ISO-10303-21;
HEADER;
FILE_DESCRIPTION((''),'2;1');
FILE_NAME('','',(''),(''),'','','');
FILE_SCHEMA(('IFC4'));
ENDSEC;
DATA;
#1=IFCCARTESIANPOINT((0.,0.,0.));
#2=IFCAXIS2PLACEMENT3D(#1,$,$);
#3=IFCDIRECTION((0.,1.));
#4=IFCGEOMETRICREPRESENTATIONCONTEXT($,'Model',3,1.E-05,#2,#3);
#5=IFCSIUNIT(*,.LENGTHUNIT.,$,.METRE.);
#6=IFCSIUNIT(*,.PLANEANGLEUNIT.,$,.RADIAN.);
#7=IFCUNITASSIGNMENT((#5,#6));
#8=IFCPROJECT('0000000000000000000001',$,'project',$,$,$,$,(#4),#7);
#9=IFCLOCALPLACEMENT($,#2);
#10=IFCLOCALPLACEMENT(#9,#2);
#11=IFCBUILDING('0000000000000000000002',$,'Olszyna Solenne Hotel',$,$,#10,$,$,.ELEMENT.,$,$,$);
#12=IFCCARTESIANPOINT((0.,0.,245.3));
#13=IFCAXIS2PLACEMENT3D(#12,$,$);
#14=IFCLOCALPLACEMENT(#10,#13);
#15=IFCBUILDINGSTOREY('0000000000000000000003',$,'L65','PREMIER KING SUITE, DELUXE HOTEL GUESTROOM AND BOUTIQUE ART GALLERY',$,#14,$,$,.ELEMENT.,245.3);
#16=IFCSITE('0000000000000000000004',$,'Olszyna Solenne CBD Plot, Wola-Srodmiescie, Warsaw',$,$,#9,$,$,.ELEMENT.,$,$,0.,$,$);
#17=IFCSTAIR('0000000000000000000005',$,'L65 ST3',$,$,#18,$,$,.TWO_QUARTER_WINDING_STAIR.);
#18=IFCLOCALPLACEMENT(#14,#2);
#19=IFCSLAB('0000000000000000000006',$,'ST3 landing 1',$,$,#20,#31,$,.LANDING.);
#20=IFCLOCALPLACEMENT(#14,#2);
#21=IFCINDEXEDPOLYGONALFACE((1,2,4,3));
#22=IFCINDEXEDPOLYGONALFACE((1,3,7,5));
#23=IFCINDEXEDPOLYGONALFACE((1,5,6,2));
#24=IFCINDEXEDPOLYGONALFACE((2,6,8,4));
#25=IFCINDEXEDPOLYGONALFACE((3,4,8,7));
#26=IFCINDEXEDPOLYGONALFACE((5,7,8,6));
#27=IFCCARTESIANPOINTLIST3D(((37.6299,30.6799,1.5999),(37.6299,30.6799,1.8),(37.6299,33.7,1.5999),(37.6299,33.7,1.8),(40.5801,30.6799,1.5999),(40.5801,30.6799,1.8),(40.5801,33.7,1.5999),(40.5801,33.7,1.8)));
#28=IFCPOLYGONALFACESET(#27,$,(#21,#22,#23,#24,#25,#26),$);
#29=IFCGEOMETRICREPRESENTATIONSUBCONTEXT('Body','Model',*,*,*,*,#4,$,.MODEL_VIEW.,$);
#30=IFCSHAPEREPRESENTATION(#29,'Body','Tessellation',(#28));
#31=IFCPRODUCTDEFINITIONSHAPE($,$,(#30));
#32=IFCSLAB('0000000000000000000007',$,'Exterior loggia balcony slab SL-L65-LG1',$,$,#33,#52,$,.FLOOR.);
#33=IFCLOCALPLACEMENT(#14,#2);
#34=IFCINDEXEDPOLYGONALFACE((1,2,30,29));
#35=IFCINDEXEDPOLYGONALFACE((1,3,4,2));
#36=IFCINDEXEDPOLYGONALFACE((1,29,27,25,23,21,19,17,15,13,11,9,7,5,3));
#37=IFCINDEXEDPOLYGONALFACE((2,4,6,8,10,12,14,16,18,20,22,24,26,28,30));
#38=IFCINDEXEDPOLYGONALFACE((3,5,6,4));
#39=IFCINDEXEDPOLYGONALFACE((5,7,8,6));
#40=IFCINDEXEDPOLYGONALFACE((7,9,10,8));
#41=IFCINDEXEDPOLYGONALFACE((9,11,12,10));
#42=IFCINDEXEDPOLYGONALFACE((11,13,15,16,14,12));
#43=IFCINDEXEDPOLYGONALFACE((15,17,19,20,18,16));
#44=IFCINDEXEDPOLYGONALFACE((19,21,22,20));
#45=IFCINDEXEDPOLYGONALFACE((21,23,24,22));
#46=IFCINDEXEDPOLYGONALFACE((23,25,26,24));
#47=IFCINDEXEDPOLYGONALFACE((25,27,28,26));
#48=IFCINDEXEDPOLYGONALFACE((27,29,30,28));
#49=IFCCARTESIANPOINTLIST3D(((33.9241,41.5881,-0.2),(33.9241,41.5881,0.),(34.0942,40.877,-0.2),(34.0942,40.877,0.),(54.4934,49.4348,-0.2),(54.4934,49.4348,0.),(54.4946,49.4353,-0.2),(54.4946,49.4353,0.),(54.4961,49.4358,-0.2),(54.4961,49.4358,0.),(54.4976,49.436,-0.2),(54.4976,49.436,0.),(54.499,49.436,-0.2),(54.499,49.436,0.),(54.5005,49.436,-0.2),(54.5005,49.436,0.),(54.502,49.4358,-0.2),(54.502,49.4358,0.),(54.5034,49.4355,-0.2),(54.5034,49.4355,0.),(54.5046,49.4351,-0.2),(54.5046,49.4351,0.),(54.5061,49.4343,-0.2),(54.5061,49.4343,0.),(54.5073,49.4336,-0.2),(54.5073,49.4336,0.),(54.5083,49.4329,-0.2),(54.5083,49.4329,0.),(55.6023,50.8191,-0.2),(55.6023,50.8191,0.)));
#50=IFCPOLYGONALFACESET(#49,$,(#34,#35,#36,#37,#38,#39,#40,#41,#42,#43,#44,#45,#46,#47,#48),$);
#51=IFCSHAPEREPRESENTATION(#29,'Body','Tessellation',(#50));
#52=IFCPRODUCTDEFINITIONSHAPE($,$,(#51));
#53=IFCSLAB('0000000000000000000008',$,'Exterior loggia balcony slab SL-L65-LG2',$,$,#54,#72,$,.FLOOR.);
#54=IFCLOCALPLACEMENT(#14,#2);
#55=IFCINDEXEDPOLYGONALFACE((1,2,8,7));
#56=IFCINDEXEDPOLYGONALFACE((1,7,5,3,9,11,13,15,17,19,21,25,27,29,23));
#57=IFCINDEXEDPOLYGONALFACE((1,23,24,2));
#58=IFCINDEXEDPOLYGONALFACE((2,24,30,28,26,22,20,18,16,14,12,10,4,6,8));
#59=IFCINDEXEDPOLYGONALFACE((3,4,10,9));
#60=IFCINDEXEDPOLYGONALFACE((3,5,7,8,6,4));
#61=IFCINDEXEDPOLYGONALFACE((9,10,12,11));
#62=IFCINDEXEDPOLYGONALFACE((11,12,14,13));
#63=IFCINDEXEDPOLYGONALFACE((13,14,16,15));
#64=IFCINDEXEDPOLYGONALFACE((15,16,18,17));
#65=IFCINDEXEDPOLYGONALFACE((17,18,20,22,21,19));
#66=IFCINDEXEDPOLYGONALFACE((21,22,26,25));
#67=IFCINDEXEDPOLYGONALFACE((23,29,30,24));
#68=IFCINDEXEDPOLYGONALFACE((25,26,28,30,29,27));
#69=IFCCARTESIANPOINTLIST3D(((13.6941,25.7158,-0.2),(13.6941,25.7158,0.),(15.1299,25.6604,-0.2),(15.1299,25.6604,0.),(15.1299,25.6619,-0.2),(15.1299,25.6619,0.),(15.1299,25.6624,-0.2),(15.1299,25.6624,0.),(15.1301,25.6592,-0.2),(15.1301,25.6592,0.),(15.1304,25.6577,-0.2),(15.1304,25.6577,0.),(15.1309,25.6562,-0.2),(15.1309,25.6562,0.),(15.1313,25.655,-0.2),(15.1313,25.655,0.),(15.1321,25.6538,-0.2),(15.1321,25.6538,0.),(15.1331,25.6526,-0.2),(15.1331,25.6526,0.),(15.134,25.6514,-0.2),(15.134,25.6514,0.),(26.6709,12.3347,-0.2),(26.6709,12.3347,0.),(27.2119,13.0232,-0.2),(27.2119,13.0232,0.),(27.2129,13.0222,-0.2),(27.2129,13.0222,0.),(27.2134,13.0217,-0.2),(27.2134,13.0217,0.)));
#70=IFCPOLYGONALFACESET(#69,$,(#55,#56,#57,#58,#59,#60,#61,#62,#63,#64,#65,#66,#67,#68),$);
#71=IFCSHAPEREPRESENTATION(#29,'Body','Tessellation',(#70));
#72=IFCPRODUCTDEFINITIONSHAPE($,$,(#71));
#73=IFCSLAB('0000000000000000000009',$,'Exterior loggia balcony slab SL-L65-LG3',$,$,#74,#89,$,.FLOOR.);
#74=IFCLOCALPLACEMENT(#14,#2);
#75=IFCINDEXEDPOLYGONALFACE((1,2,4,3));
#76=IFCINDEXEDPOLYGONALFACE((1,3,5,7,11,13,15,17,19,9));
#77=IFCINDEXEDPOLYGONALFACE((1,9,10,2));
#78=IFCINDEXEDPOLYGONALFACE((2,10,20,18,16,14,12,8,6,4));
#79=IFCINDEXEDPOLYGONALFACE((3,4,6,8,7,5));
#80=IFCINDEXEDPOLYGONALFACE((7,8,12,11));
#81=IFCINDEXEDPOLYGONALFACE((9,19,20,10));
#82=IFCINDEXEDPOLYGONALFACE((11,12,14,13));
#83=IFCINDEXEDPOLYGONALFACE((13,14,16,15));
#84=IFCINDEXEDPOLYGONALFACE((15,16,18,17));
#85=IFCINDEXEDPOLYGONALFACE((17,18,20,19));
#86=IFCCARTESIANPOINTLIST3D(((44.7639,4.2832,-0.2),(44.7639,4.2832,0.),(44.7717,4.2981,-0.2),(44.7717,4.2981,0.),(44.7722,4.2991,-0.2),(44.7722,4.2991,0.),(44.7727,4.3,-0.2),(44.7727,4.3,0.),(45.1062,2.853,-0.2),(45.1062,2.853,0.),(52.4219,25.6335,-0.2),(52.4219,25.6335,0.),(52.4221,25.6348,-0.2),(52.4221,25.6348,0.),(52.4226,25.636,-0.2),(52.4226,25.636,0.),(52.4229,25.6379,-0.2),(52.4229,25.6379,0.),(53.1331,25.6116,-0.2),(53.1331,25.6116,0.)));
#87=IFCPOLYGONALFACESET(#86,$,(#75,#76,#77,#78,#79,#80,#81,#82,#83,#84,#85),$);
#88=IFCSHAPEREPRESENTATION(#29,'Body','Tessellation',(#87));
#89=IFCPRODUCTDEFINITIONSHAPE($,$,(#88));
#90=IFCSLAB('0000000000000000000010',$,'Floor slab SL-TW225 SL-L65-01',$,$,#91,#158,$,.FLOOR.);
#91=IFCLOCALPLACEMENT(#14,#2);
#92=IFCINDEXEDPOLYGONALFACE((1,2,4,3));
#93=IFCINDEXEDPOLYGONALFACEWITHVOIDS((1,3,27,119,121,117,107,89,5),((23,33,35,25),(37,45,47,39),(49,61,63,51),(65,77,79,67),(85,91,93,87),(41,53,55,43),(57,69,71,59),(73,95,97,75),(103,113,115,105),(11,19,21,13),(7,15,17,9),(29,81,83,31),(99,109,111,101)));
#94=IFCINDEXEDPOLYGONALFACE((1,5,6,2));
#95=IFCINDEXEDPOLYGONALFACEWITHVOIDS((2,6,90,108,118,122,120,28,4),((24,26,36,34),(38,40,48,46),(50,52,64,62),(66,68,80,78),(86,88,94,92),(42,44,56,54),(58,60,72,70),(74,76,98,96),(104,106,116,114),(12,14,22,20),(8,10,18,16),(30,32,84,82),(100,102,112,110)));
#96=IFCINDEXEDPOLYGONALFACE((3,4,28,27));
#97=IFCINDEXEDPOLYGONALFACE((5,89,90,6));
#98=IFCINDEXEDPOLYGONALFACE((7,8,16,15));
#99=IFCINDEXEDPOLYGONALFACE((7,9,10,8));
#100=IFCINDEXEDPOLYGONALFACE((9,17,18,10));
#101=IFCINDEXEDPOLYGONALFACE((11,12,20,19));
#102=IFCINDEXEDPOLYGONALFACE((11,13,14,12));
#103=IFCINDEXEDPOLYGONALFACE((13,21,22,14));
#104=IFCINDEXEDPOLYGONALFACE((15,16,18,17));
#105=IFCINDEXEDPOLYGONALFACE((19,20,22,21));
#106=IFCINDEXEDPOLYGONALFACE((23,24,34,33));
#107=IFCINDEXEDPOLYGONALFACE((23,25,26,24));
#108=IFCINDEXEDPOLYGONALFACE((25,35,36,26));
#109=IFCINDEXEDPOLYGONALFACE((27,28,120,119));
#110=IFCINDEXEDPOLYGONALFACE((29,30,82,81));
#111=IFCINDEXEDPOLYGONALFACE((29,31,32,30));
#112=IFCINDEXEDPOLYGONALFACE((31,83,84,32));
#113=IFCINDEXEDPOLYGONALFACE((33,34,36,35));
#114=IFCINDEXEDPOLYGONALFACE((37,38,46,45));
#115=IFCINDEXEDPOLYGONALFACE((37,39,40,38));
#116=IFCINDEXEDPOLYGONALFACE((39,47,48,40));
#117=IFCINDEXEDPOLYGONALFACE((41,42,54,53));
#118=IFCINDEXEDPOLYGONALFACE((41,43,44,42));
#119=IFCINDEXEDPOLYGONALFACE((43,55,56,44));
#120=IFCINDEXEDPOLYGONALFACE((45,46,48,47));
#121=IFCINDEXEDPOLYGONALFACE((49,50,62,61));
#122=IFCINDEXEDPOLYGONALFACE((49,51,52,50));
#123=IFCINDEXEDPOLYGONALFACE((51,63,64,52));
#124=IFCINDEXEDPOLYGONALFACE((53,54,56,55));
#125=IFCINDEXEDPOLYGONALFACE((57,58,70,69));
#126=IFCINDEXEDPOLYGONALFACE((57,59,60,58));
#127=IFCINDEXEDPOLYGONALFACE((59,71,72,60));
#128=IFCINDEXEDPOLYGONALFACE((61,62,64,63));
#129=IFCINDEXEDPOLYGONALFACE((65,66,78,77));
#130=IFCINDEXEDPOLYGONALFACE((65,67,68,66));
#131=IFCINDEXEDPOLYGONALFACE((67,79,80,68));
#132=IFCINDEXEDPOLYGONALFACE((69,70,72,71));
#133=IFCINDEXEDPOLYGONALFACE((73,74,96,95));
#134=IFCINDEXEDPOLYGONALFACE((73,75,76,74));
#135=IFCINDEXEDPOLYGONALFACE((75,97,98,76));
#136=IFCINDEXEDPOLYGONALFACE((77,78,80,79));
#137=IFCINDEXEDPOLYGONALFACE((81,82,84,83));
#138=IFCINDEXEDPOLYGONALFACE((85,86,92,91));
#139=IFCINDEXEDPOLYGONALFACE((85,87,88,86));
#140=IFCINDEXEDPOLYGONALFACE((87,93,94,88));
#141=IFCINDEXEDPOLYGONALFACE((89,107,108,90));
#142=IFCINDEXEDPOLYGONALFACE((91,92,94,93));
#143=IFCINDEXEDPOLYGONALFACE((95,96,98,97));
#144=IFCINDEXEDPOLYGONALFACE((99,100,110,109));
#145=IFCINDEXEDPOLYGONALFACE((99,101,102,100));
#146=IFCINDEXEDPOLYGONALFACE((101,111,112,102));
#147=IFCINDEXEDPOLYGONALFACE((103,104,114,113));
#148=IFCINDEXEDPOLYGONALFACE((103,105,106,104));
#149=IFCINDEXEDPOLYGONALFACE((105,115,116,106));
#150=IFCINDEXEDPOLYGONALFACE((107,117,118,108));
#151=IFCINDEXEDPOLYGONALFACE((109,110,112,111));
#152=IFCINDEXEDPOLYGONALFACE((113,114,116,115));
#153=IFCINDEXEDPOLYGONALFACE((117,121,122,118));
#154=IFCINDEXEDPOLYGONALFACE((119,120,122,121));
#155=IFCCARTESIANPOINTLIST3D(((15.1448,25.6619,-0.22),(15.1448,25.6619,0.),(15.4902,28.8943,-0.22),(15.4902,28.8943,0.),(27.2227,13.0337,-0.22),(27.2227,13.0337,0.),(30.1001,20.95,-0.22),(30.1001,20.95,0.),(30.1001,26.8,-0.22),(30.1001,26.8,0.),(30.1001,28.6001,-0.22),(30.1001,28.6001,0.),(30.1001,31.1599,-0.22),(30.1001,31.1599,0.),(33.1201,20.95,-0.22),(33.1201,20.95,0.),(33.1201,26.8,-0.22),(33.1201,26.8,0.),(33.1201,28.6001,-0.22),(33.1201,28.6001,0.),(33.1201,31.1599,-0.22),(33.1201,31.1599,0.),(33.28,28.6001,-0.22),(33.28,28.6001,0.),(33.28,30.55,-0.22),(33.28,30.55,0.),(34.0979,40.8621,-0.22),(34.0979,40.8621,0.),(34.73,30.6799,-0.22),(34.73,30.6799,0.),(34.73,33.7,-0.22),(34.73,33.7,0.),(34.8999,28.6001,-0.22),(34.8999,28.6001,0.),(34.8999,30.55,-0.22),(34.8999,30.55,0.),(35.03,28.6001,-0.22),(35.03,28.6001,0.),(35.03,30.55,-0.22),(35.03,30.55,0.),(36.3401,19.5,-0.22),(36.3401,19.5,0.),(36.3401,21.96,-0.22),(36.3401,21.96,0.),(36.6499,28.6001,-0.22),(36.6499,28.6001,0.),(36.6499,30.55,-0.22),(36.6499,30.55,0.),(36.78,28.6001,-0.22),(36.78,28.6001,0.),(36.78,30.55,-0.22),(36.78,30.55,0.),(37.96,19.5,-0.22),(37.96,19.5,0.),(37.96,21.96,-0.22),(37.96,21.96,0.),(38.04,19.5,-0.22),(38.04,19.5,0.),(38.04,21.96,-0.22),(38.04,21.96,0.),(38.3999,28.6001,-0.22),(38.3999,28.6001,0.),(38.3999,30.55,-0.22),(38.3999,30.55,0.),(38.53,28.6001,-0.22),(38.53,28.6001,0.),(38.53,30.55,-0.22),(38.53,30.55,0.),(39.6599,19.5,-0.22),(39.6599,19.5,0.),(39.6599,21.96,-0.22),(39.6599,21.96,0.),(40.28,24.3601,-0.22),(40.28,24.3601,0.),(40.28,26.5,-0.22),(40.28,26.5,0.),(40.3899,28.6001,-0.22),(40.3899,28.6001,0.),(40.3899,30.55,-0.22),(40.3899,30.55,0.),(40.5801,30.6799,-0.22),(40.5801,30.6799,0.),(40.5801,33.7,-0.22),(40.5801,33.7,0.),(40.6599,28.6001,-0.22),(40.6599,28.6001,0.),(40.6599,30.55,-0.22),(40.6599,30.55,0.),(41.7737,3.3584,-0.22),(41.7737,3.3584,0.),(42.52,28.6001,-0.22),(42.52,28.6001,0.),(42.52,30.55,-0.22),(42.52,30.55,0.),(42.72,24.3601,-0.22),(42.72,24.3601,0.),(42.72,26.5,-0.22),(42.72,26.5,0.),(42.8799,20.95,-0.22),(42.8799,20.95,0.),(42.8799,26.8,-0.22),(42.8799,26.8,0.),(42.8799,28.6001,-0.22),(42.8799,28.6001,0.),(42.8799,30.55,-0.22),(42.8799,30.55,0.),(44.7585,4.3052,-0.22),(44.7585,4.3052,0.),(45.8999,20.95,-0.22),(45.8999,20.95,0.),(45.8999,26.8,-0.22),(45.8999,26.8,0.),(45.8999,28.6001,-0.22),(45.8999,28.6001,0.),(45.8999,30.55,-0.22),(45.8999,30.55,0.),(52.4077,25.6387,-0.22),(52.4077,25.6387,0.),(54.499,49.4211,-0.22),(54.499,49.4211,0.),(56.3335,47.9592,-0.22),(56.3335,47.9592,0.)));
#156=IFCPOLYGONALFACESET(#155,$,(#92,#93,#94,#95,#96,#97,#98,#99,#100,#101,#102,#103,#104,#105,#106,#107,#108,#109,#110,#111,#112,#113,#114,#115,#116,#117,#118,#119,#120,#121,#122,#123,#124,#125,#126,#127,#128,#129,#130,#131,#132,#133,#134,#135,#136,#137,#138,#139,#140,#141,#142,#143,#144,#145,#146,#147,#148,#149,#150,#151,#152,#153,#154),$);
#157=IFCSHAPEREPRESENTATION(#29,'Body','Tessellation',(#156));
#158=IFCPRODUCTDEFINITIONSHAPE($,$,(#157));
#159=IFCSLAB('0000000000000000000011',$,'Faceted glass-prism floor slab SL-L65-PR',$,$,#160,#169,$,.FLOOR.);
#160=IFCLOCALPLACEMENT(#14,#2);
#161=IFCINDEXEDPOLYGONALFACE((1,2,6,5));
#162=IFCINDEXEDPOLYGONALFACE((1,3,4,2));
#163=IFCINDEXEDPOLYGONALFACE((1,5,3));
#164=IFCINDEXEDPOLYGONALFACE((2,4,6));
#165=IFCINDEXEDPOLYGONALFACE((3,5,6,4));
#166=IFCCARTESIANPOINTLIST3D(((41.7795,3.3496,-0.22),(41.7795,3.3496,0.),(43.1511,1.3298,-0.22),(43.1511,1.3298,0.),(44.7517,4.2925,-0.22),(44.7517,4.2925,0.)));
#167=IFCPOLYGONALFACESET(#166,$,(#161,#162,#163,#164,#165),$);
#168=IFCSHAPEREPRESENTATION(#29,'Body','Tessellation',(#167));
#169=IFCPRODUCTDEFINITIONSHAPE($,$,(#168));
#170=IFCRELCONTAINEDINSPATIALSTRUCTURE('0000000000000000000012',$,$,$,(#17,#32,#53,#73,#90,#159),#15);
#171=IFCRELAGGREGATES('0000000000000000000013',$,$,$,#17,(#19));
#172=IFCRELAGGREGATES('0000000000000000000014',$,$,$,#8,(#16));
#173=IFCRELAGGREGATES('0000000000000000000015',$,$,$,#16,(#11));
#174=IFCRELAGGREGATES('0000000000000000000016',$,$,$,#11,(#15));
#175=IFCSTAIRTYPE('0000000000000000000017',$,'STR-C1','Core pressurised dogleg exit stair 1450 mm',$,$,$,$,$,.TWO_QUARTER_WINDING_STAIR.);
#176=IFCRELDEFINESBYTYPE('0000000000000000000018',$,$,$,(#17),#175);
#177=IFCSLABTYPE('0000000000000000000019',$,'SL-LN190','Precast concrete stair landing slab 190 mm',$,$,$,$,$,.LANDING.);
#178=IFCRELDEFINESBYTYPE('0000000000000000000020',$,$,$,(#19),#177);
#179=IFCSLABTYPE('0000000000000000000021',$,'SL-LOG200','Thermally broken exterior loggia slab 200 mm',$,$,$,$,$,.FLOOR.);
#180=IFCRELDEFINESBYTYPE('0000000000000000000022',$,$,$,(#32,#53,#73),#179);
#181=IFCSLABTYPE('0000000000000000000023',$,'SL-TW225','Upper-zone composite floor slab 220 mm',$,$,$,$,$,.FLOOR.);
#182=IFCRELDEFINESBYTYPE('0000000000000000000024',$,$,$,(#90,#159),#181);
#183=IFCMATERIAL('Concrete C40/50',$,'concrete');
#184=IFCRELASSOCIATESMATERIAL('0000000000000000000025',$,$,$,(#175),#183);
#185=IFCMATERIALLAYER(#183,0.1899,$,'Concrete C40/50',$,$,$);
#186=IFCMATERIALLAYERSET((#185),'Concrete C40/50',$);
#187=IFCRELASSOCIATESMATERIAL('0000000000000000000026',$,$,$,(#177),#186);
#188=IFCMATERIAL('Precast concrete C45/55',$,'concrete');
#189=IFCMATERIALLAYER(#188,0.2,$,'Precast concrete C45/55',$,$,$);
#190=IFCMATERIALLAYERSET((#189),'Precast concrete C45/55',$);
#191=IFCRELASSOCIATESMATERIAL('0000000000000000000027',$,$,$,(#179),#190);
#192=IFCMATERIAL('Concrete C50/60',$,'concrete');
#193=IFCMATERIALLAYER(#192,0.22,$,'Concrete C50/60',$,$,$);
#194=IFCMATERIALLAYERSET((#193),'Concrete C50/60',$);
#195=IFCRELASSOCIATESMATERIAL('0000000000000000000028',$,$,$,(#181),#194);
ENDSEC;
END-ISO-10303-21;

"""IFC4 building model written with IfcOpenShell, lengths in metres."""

from ifc_helpers import new_model, si_unit, direction, frame, origin, place, context, subcontext, project, spatial, polyline, outline, extrude, material, layer, layer_set, type_object, element, aggregate, save


model = new_model("IFC4")

# Units and contexts
model_context = context("Model", 3, precision=1e-05, world=origin(), true_north=direction((0.0, 1.0)))
body_context = subcontext(model_context, "Body", "Model", "MODEL_VIEW")
ifc_project = project(units=[si_unit("LENGTHUNIT", "METRE"), si_unit("PLANEANGLEUNIT", "RADIAN")], contexts=[model_context])

# Site, building, storey
site_placement = place(None, origin())
site = spatial("IfcSite", under=ifc_project, at=site_placement, Name="Olszyna Solenne CBD Plot, Wola-Srodmiescie, Warsaw", CompositionType="ELEMENT", RefElevation=0.0)
building_placement = place(site_placement, origin())
building = spatial("IfcBuilding", under=site, at=building_placement, Name="Olszyna Solenne Hotel", CompositionType="ELEMENT")
storey_placement = place(building_placement, frame((0.0, 0.0, 245.3)))
storey = spatial("IfcBuildingStorey", under=building, at=storey_placement, Name="L65", Description="PREMIER KING SUITE, DELUXE HOTEL GUESTROOM AND BOUTIQUE ART GALLERY", CompositionType="ELEMENT", Elevation=245.3)

# Stair, slab
ifc_material_1 = material(Name="Concrete C40/50", Category="concrete")
stair_type = type_object("IfcStairType", Name="STR-C1", Description="Core pressurised dogleg exit stair 1450 mm", PredefinedType="TWO_QUARTER_WINDING_STAIR", material=ifc_material_1)
ifc_layer_1 = layer(ifc_material_1, 0.1899, Name="Concrete C40/50")
ifc_layer_set_1 = layer_set([ifc_layer_1], Name="Concrete C40/50")
slab_type_1 = type_object("IfcSlabType", Name="SL-LN190", Description="Precast concrete stair landing slab 190 mm", PredefinedType="LANDING", material=ifc_layer_set_1)
stair_1_placement = place(storey_placement, origin())
stair_1 = element("IfcStair", 1, at=stair_1_placement, inside=storey, type_object=stair_type, Name="L65 ST3", PredefinedType="TWO_QUARTER_WINDING_STAIR")
slab_1_placement = place(storey_placement, frame((0.0, 0.0, 1.5999)))
slab_1 = element("IfcSlab", 2, at=slab_1_placement, type_object=slab_type_1, Name="ST3 landing 1", PredefinedType="LANDING", context=body_context, shape_type="SweptSolid", body=[
    extrude(outline(polyline([(37.6299, 30.6799), (40.5801, 30.6799), (40.5801, 33.7), (37.6299, 33.7), (37.6299, 30.6799)])), origin(), (0.0, 0.0, 1.0), 0.2002),
])
aggregate(stair_1, [slab_1])

# Slabs
ifc_material_2 = material(Name="Precast concrete C45/55", Category="concrete")
ifc_layer_2 = layer(ifc_material_2, 0.2, Name="Precast concrete C45/55")
ifc_layer_set_2 = layer_set([ifc_layer_2], Name="Precast concrete C45/55")
slab_type_2 = type_object("IfcSlabType", Name="SL-LOG200", Description="Thermally broken exterior loggia slab 200 mm", PredefinedType="FLOOR", material=ifc_layer_set_2)
slab_2_placement = place(storey_placement, frame((0.0, 0.0, -0.2)))
element("IfcSlab", 3, at=slab_2_placement, inside=storey, type_object=slab_type_2, Name="Exterior loggia balcony slab SL-L65-LG1", PredefinedType="FLOOR", context=body_context, shape_type="SweptSolid", body=[
    extrude(outline(polyline([(34.0942, 40.877), (54.4934, 49.4348), (54.4946, 49.4353), (54.4961, 49.4358), (54.4976, 49.436), (54.499, 49.436), (54.5005, 49.436), (54.502, 49.4358), (54.5034, 49.4355), (54.5046, 49.4351), (54.5061, 49.4343), (54.5073, 49.4336), (54.5083, 49.4329), (55.6023, 50.8191), (33.9241, 41.5881), (34.0942, 40.877)])), origin(), (0.0, 0.0, 1.0), 0.2),
])
slab_3_placement = place(storey_placement, frame((0.0, 0.0, -0.2)))
element("IfcSlab", 4, at=slab_3_placement, inside=storey, type_object=slab_type_2, Name="Exterior loggia balcony slab SL-L65-LG2", PredefinedType="FLOOR", context=body_context, shape_type="SweptSolid", body=[
    extrude(outline(polyline([(27.2134, 13.0217), (27.2129, 13.0222), (27.2119, 13.0232), (15.134, 25.6514), (15.1331, 25.6526), (15.1321, 25.6538), (15.1313, 25.655), (15.1309, 25.6562), (15.1304, 25.6577), (15.1301, 25.6592), (15.1299, 25.6604), (15.1299, 25.6619), (15.1299, 25.6624), (13.6941, 25.7158), (26.6709, 12.3347), (27.2134, 13.0217)])), origin(), (0.0, 0.0, 1.0), 0.2),
])
slab_4_placement = place(storey_placement, frame((0.0, 0.0, -0.2)))
element("IfcSlab", 5, at=slab_4_placement, inside=storey, type_object=slab_type_2, Name="Exterior loggia balcony slab SL-L65-LG3", PredefinedType="FLOOR", context=body_context, shape_type="SweptSolid", body=[
    extrude(outline(polyline([(52.4229, 25.6379), (52.4226, 25.636), (52.4221, 25.6348), (52.4219, 25.6335), (44.7727, 4.3), (44.7722, 4.2991), (44.7717, 4.2981), (44.7639, 4.2832), (45.1062, 2.853), (53.1331, 25.6116), (52.4229, 25.6379)])), origin(), (0.0, 0.0, 1.0), 0.2),
])
ifc_material_3 = material(Name="Concrete C50/60", Category="concrete")
ifc_layer_3 = layer(ifc_material_3, 0.22, Name="Concrete C50/60")
ifc_layer_set_3 = layer_set([ifc_layer_3], Name="Concrete C50/60")
slab_type_3 = type_object("IfcSlabType", Name="SL-TW225", Description="Upper-zone composite floor slab 220 mm", PredefinedType="FLOOR", material=ifc_layer_set_3)
slab_5_placement = place(storey_placement, frame((0.0, 0.0, -0.22)))
element("IfcSlab", 6, at=slab_5_placement, inside=storey, type_object=slab_type_3, Name="Floor slab SL-TW225 SL-L65-01", PredefinedType="FLOOR", context=body_context, shape_type="SweptSolid", body=[
    extrude(outline(polyline([(56.3335, 47.9592), (54.499, 49.4211), (34.0979, 40.8621), (15.4902, 28.8943), (15.1448, 25.6619), (27.2227, 13.0337), (41.7737, 3.3584), (44.7585, 4.3052), (52.4077, 25.6387), (56.3335, 47.9592)]), holes=[polyline([(30.1001, 20.95), (33.1201, 20.95), (33.1201, 26.8), (30.1001, 26.8), (30.1001, 20.95)]), polyline([(42.8799, 20.95), (45.8999, 20.95), (45.8999, 26.8), (42.8799, 26.8), (42.8799, 20.95)]), polyline([(34.73, 30.6799), (40.5801, 30.6799), (40.5801, 33.7), (34.73, 33.7), (34.73, 30.6799)]), polyline([(36.3401, 19.5), (37.96, 19.5), (37.96, 21.96), (36.3401, 21.96), (36.3401, 19.5)]), polyline([(38.04, 19.5), (39.6599, 19.5), (39.6599, 21.96), (38.04, 21.96), (38.04, 19.5)]), polyline([(30.1001, 28.6001), (33.1201, 28.6001), (33.1201, 31.1599), (30.1001, 31.1599), (30.1001, 28.6001)]), polyline([(40.28, 24.3601), (42.72, 24.3601), (42.72, 26.5), (40.28, 26.5), (40.28, 24.3601)]), polyline([(33.28, 28.6001), (34.8999, 28.6001), (34.8999, 30.55), (33.28, 30.55), (33.28, 28.6001)]), polyline([(35.03, 28.6001), (36.6499, 28.6001), (36.6499, 30.55), (35.03, 30.55), (35.03, 28.6001)]), polyline([(36.78, 28.6001), (38.3999, 28.6001), (38.3999, 30.55), (36.78, 30.55), (36.78, 28.6001)]), polyline([(38.53, 28.6001), (40.3899, 28.6001), (40.3899, 30.55), (38.53, 30.55), (38.53, 28.6001)]), polyline([(40.6599, 28.6001), (42.52, 28.6001), (42.52, 30.55), (40.6599, 30.55), (40.6599, 28.6001)]), polyline([(42.8799, 28.6001), (45.8999, 28.6001), (45.8999, 30.55), (42.8799, 30.55), (42.8799, 28.6001)])]), origin(), (0.0, 0.0, 1.0), 0.22),
])
slab_6_placement = place(storey_placement, frame((0.0, 0.0, -0.22)))
element("IfcSlab", 7, at=slab_6_placement, inside=storey, type_object=slab_type_3, Name="Faceted glass-prism floor slab SL-L65-PR", PredefinedType="FLOOR", context=body_context, shape_type="SweptSolid", body=[
    extrude(outline(polyline([(44.7517, 4.2925), (41.7795, 3.3496), (43.1511, 1.3298), (44.7517, 4.2925)])), origin(), (0.0, 0.0, 1.0), 0.22),
])

save(model, "model.ifc")
